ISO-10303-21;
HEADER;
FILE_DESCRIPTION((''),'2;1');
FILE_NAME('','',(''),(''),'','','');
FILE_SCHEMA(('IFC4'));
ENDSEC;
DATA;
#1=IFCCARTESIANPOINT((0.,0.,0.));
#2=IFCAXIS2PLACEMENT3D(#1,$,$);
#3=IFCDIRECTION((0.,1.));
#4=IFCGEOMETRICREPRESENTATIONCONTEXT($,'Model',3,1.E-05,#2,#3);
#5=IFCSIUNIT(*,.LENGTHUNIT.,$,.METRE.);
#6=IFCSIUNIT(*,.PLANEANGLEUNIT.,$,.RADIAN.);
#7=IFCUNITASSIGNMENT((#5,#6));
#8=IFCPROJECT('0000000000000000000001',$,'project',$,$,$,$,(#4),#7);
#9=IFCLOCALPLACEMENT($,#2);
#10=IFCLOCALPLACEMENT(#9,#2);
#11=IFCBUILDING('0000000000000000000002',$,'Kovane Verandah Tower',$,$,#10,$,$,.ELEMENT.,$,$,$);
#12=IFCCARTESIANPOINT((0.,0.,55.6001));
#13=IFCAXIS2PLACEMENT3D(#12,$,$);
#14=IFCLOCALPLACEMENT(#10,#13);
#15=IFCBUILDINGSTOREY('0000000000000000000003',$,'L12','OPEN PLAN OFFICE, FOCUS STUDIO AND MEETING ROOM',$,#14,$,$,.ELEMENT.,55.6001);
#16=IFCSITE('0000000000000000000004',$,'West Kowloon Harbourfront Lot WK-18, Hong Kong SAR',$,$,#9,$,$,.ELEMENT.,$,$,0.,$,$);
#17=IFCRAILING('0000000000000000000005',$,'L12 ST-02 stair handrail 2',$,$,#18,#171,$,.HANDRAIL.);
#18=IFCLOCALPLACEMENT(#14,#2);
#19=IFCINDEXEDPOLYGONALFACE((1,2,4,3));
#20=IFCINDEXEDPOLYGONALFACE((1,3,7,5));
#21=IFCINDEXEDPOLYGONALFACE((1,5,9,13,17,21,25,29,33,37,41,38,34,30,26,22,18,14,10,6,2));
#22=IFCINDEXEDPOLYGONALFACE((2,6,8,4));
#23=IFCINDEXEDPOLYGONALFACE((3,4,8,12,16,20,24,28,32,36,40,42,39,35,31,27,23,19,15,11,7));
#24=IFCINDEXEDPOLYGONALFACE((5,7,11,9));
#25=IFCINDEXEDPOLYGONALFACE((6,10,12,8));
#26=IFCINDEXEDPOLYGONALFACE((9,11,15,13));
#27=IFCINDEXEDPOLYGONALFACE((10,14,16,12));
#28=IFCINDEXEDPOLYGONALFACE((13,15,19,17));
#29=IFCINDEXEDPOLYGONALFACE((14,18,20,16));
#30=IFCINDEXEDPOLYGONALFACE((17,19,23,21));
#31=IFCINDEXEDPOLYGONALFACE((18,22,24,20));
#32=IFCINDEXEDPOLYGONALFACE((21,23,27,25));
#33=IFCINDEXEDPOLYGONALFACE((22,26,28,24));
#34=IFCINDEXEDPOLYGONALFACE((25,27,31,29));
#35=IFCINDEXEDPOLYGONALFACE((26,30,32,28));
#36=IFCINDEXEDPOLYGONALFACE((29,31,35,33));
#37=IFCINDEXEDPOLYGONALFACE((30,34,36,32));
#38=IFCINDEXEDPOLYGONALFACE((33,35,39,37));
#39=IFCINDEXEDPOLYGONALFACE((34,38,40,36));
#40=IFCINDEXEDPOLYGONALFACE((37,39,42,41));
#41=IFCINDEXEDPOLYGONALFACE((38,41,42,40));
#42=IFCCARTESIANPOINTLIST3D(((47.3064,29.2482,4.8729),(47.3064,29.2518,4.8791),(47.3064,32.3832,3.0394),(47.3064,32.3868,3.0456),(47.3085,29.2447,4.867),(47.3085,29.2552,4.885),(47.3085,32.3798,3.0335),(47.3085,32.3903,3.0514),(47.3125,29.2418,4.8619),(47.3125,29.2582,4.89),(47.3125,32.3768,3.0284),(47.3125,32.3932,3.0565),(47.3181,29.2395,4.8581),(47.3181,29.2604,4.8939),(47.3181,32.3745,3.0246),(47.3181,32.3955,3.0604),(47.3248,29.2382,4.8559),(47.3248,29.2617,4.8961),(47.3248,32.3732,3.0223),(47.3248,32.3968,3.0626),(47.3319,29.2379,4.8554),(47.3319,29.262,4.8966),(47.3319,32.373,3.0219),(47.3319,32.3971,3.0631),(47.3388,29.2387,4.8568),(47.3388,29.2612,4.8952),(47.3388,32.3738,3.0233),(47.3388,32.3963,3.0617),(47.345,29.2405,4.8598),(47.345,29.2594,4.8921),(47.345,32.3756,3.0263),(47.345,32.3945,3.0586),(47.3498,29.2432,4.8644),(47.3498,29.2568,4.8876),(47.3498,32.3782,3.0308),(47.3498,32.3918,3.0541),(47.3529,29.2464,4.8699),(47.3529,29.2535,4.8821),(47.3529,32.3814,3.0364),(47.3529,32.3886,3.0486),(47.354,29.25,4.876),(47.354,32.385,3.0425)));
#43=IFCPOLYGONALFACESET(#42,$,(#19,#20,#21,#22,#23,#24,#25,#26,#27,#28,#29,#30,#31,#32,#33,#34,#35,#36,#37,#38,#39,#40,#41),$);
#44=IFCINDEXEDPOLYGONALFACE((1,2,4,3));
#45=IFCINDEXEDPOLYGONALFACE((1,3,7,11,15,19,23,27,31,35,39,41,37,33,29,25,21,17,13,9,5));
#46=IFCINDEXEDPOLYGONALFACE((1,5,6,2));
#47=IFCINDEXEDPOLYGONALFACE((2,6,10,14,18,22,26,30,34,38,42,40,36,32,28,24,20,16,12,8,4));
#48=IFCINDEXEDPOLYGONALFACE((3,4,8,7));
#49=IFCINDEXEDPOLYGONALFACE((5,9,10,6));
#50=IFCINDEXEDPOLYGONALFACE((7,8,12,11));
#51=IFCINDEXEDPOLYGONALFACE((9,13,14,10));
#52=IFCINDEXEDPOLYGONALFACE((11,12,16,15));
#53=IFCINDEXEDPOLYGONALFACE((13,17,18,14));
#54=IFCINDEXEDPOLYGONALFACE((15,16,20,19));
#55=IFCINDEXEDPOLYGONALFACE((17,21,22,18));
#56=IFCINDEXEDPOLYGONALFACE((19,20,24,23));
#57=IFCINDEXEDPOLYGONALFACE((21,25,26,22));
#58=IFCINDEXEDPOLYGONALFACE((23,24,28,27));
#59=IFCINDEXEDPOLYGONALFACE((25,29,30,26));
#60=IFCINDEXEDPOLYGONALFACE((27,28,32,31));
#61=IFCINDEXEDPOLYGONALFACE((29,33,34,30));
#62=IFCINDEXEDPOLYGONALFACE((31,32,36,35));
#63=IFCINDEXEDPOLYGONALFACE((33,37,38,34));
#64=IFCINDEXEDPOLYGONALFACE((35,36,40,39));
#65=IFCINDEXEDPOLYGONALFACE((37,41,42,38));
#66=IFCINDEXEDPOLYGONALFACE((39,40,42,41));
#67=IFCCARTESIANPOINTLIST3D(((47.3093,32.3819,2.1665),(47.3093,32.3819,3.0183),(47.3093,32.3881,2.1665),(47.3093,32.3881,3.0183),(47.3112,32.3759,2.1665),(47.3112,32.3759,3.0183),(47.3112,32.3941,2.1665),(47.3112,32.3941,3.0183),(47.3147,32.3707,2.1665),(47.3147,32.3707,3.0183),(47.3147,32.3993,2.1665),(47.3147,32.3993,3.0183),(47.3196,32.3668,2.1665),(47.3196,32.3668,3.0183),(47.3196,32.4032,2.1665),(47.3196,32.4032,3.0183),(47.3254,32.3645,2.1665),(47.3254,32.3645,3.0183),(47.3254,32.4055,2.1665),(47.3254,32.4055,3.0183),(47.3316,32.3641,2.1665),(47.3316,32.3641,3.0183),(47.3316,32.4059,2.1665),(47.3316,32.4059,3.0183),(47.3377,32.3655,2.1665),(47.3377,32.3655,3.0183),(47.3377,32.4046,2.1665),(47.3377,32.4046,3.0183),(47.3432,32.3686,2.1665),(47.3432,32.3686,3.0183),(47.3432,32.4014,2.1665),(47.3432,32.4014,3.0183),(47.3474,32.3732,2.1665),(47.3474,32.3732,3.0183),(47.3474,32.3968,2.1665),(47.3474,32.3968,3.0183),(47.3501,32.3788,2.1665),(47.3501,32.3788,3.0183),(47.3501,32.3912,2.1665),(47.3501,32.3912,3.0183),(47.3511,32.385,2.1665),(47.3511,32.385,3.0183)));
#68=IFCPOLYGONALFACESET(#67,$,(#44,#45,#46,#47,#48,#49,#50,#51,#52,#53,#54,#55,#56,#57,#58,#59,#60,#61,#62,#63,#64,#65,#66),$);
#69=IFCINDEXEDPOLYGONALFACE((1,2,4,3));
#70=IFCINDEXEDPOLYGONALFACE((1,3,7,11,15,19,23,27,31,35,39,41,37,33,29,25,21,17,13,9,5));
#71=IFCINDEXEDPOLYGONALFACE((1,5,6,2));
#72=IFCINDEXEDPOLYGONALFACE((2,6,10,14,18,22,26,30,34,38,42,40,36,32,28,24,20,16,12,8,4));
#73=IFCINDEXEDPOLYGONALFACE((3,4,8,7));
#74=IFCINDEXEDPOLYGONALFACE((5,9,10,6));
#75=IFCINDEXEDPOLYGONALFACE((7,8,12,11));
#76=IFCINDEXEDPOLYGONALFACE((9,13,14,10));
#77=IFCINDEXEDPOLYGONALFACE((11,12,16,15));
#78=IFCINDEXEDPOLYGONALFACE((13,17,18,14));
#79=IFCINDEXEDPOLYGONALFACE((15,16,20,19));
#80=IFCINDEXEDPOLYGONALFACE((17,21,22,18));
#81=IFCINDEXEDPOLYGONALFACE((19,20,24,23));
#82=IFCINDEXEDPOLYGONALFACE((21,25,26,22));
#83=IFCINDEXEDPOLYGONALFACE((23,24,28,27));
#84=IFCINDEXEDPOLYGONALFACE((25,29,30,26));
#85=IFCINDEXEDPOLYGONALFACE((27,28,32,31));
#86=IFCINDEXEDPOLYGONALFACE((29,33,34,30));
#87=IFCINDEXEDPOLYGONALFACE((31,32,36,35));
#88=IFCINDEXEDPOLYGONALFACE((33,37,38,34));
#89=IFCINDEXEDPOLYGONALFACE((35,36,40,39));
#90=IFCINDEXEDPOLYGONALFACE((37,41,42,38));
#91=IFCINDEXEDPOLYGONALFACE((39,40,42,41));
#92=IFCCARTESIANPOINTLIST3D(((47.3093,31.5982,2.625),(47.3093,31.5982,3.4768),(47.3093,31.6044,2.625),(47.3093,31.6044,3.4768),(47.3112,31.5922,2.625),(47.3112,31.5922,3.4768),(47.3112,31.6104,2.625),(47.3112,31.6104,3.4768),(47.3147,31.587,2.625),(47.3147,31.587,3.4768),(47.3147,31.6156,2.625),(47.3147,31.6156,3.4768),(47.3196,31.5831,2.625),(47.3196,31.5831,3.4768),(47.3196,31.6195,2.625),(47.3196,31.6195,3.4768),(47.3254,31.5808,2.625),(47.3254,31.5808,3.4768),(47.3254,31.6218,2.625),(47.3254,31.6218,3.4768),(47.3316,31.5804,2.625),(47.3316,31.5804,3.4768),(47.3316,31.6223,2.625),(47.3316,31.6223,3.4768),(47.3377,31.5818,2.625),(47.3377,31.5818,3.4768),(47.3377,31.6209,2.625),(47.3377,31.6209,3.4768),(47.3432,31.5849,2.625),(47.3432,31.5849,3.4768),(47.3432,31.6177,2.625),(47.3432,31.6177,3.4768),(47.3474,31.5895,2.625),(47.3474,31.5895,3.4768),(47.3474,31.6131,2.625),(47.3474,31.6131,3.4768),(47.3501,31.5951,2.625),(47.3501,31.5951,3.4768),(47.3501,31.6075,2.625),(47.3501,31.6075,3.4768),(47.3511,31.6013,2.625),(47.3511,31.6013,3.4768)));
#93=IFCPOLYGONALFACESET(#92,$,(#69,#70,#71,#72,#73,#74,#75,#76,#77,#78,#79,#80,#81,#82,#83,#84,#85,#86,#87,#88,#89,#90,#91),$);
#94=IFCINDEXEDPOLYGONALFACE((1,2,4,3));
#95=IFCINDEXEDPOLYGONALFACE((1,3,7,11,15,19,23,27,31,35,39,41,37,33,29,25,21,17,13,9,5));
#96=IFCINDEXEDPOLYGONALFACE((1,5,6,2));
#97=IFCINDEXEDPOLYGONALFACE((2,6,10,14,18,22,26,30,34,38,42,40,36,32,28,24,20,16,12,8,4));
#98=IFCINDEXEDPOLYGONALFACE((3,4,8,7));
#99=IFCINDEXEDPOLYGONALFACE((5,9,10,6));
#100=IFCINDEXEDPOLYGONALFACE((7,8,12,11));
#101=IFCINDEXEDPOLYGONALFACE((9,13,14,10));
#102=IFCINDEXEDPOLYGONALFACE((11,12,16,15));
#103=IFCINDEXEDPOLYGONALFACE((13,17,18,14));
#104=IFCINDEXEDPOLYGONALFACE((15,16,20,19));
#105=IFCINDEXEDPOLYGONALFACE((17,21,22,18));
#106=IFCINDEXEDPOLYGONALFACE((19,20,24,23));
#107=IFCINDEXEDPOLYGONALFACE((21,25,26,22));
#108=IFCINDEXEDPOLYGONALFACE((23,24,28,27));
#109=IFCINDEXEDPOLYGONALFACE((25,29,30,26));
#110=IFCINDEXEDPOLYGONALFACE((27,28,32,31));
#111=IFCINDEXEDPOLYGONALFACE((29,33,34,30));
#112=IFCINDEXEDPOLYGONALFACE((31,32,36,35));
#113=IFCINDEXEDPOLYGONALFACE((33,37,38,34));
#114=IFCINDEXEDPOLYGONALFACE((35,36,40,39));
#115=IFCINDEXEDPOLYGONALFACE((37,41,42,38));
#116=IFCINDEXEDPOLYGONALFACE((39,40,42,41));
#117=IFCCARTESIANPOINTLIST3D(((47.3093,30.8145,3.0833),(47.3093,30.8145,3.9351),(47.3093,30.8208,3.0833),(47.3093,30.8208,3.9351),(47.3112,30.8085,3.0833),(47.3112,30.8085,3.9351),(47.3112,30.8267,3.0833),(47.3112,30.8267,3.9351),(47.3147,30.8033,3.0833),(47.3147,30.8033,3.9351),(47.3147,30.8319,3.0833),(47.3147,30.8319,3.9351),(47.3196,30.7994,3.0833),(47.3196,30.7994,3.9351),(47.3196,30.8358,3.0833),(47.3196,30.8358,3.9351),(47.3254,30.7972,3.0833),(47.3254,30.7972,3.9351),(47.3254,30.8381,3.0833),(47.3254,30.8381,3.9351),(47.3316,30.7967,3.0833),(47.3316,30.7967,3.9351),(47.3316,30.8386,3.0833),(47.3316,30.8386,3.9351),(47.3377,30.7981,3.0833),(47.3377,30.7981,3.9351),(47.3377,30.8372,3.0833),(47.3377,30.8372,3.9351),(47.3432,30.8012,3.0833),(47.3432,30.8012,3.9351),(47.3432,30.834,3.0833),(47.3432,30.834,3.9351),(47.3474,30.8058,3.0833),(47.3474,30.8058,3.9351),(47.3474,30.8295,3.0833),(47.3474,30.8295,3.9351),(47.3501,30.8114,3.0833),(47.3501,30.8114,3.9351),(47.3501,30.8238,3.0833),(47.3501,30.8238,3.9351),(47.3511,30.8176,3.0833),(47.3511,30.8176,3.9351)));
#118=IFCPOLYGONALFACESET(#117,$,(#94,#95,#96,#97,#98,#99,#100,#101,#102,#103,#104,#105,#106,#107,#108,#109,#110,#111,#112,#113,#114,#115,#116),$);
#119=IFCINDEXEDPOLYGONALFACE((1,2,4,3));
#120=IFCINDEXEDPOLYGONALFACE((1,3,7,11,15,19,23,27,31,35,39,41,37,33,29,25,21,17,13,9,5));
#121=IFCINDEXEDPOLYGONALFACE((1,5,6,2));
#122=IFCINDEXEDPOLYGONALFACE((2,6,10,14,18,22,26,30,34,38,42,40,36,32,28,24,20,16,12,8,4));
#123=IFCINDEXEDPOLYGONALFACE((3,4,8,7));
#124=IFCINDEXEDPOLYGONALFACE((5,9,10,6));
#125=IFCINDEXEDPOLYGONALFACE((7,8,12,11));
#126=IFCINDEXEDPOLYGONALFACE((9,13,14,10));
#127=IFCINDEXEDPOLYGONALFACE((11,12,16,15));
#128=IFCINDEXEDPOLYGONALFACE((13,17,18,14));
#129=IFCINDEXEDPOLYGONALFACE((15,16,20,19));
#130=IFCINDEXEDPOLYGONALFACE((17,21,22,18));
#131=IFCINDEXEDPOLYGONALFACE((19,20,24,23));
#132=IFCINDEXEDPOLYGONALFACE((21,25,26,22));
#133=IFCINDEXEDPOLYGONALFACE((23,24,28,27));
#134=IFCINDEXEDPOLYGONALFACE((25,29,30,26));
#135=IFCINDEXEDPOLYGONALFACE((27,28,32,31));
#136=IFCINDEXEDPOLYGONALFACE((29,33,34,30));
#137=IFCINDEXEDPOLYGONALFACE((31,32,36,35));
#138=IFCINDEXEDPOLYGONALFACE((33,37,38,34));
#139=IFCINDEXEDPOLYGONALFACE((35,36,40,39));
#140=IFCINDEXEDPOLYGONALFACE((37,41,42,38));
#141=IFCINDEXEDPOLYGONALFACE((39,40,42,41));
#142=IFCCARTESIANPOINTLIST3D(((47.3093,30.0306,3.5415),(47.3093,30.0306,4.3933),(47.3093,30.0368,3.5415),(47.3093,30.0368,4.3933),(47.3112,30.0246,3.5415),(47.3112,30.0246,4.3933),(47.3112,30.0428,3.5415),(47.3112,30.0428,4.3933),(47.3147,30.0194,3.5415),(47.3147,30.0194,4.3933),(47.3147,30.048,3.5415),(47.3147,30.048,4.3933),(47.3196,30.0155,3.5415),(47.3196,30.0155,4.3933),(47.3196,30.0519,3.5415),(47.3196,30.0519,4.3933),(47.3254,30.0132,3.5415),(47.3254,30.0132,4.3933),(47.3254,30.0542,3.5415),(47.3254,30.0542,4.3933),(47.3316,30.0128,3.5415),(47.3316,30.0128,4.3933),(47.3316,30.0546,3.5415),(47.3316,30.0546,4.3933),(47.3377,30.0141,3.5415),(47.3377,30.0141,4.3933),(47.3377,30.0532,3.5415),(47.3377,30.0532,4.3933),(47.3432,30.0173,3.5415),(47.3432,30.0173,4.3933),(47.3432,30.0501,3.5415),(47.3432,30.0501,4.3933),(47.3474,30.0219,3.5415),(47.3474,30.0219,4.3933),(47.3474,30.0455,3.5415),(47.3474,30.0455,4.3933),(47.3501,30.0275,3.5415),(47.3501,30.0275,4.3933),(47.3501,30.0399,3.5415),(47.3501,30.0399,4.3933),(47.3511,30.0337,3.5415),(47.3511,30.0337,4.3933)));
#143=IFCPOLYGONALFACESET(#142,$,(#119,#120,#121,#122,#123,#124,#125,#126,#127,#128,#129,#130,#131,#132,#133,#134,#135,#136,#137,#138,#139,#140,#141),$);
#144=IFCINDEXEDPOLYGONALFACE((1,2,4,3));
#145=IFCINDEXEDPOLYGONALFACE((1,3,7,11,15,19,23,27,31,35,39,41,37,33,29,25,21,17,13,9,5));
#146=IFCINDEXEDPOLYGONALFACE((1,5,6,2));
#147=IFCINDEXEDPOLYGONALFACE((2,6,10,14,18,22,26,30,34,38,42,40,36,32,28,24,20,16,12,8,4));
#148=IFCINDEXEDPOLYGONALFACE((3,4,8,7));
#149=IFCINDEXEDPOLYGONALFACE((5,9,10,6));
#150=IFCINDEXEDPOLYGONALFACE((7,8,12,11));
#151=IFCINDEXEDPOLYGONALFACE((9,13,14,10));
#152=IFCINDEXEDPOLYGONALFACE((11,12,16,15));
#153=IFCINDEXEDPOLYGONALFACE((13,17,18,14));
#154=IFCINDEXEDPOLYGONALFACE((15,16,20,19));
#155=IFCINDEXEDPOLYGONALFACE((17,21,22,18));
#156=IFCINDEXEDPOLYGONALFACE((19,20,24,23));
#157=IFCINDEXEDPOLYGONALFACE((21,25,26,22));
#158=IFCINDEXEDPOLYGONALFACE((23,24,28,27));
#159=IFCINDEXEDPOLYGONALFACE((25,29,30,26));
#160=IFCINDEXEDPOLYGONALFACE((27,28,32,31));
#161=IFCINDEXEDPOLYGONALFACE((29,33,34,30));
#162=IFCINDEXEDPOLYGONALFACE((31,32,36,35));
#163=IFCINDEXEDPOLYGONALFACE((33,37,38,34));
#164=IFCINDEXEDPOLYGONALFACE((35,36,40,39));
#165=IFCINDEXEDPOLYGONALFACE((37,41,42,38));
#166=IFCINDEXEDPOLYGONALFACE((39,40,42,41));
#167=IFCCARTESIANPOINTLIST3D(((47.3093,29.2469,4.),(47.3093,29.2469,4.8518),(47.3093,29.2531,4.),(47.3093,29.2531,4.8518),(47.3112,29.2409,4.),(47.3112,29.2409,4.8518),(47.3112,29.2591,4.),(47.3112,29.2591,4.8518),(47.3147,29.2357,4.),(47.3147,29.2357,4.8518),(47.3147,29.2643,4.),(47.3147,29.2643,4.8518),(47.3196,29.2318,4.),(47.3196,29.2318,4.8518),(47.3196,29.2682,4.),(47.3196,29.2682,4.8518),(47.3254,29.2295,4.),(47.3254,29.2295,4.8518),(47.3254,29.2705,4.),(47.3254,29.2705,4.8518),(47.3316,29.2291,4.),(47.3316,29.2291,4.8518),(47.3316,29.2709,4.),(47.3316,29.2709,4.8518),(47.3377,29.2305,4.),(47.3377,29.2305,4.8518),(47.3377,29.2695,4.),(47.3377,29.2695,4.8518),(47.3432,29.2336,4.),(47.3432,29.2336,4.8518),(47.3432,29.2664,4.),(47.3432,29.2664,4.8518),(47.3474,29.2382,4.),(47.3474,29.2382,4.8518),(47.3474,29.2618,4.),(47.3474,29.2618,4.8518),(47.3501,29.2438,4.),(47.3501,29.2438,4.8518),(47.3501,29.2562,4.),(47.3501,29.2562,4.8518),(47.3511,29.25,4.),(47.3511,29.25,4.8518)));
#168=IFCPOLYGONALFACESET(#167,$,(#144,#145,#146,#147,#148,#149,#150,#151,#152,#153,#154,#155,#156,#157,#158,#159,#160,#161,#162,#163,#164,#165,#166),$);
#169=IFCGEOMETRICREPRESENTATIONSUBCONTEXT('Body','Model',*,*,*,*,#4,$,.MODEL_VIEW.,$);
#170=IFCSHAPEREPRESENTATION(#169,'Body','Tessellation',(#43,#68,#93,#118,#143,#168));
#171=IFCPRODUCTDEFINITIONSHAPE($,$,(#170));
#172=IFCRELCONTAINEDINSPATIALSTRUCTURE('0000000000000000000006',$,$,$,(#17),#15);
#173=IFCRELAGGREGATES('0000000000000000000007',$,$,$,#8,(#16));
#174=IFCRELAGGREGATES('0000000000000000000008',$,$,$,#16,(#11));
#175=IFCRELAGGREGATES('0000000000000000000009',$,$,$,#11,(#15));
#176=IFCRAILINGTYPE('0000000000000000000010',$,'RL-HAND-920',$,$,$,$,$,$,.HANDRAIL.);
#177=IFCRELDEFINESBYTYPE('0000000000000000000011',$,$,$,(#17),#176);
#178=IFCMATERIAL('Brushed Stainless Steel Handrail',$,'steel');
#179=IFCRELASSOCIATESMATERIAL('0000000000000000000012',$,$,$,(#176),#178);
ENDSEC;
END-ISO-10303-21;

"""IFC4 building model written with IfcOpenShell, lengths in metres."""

from ifc_helpers import new_model, si_unit, direction, frame, origin, origin_2d, place, context, subcontext, project, spatial, circle, extrude, material, type_object, element, save


model = new_model("IFC4")

# Units and contexts
model_context = context("Model", 3, precision=1e-05, world=origin(), true_north=direction((0.0, 1.0)))
body_context = subcontext(model_context, "Body", "Model", "MODEL_VIEW")
ifc_project = project(units=[si_unit("LENGTHUNIT", "METRE"), si_unit("PLANEANGLEUNIT", "RADIAN")], contexts=[model_context])

# Site, building, storey
site_placement = place(None, origin())
site = spatial("IfcSite", under=ifc_project, at=site_placement, Name="West Kowloon Harbourfront Lot WK-18, Hong Kong SAR", CompositionType="ELEMENT", RefElevation=0.0)
building_placement = place(site_placement, origin())
building = spatial("IfcBuilding", under=site, at=building_placement, Name="Kovane Verandah Tower", CompositionType="ELEMENT")
storey_placement = place(building_placement, frame((0.0, 0.0, 55.6001)))
storey = spatial("IfcBuildingStorey", under=building, at=storey_placement, Name="L12", Description="OPEN PLAN OFFICE, FOCUS STUDIO AND MEETING ROOM", CompositionType="ELEMENT", Elevation=55.6001)

# Railing
ifc_material_1 = material(Name="Brushed Stainless Steel Handrail", Category="steel")
railing_type_1 = type_object("IfcRailingType", Name="RL-HAND-920", PredefinedType="HANDRAIL", material=ifc_material_1)
railing_1_placement = place(storey_placement, frame((47.3301, 32.385, 2.1665)))
element("IfcRailing", 1, at=railing_1_placement, inside=storey, type_object=railing_type_1, Name="L12 ST-02 stair handrail 2", PredefinedType="HANDRAIL", context=body_context, shape_type="SweptSolid", body=[
    extrude(circle(Radius=0.0239, at=origin_2d()), frame((0.0, 0.0, 0.876), z_axis=(0.0, -0.86321, 0.504845), x_axis=(1.0, 0.0, 0.0)), (0.0, 0.0, 1.0), 3.6318),
    extrude(circle(Radius=0.021, at=origin_2d()), origin(), (0.0, 0.0, 1.0), 0.8518),
    extrude(circle(Radius=0.021, at=origin_2d()), frame((0.0, -0.7837, 0.4585)), (0.0, 0.0, 1.0), 0.8518),
    extrude(circle(Radius=0.021, at=origin_2d()), frame((0.0, -1.5674, 0.9167)), (0.0, 0.0, 1.0), 0.8518),
    extrude(circle(Radius=0.021, at=origin_2d()), frame((0.0, -2.3513, 1.375)), (0.0, 0.0, 1.0), 0.8518),
    extrude(circle(Radius=0.021, at=origin_2d()), frame((0.0, -3.135, 1.8335)), (0.0, 0.0, 1.0), 0.8518),
])

save(model, "model.ifc")
